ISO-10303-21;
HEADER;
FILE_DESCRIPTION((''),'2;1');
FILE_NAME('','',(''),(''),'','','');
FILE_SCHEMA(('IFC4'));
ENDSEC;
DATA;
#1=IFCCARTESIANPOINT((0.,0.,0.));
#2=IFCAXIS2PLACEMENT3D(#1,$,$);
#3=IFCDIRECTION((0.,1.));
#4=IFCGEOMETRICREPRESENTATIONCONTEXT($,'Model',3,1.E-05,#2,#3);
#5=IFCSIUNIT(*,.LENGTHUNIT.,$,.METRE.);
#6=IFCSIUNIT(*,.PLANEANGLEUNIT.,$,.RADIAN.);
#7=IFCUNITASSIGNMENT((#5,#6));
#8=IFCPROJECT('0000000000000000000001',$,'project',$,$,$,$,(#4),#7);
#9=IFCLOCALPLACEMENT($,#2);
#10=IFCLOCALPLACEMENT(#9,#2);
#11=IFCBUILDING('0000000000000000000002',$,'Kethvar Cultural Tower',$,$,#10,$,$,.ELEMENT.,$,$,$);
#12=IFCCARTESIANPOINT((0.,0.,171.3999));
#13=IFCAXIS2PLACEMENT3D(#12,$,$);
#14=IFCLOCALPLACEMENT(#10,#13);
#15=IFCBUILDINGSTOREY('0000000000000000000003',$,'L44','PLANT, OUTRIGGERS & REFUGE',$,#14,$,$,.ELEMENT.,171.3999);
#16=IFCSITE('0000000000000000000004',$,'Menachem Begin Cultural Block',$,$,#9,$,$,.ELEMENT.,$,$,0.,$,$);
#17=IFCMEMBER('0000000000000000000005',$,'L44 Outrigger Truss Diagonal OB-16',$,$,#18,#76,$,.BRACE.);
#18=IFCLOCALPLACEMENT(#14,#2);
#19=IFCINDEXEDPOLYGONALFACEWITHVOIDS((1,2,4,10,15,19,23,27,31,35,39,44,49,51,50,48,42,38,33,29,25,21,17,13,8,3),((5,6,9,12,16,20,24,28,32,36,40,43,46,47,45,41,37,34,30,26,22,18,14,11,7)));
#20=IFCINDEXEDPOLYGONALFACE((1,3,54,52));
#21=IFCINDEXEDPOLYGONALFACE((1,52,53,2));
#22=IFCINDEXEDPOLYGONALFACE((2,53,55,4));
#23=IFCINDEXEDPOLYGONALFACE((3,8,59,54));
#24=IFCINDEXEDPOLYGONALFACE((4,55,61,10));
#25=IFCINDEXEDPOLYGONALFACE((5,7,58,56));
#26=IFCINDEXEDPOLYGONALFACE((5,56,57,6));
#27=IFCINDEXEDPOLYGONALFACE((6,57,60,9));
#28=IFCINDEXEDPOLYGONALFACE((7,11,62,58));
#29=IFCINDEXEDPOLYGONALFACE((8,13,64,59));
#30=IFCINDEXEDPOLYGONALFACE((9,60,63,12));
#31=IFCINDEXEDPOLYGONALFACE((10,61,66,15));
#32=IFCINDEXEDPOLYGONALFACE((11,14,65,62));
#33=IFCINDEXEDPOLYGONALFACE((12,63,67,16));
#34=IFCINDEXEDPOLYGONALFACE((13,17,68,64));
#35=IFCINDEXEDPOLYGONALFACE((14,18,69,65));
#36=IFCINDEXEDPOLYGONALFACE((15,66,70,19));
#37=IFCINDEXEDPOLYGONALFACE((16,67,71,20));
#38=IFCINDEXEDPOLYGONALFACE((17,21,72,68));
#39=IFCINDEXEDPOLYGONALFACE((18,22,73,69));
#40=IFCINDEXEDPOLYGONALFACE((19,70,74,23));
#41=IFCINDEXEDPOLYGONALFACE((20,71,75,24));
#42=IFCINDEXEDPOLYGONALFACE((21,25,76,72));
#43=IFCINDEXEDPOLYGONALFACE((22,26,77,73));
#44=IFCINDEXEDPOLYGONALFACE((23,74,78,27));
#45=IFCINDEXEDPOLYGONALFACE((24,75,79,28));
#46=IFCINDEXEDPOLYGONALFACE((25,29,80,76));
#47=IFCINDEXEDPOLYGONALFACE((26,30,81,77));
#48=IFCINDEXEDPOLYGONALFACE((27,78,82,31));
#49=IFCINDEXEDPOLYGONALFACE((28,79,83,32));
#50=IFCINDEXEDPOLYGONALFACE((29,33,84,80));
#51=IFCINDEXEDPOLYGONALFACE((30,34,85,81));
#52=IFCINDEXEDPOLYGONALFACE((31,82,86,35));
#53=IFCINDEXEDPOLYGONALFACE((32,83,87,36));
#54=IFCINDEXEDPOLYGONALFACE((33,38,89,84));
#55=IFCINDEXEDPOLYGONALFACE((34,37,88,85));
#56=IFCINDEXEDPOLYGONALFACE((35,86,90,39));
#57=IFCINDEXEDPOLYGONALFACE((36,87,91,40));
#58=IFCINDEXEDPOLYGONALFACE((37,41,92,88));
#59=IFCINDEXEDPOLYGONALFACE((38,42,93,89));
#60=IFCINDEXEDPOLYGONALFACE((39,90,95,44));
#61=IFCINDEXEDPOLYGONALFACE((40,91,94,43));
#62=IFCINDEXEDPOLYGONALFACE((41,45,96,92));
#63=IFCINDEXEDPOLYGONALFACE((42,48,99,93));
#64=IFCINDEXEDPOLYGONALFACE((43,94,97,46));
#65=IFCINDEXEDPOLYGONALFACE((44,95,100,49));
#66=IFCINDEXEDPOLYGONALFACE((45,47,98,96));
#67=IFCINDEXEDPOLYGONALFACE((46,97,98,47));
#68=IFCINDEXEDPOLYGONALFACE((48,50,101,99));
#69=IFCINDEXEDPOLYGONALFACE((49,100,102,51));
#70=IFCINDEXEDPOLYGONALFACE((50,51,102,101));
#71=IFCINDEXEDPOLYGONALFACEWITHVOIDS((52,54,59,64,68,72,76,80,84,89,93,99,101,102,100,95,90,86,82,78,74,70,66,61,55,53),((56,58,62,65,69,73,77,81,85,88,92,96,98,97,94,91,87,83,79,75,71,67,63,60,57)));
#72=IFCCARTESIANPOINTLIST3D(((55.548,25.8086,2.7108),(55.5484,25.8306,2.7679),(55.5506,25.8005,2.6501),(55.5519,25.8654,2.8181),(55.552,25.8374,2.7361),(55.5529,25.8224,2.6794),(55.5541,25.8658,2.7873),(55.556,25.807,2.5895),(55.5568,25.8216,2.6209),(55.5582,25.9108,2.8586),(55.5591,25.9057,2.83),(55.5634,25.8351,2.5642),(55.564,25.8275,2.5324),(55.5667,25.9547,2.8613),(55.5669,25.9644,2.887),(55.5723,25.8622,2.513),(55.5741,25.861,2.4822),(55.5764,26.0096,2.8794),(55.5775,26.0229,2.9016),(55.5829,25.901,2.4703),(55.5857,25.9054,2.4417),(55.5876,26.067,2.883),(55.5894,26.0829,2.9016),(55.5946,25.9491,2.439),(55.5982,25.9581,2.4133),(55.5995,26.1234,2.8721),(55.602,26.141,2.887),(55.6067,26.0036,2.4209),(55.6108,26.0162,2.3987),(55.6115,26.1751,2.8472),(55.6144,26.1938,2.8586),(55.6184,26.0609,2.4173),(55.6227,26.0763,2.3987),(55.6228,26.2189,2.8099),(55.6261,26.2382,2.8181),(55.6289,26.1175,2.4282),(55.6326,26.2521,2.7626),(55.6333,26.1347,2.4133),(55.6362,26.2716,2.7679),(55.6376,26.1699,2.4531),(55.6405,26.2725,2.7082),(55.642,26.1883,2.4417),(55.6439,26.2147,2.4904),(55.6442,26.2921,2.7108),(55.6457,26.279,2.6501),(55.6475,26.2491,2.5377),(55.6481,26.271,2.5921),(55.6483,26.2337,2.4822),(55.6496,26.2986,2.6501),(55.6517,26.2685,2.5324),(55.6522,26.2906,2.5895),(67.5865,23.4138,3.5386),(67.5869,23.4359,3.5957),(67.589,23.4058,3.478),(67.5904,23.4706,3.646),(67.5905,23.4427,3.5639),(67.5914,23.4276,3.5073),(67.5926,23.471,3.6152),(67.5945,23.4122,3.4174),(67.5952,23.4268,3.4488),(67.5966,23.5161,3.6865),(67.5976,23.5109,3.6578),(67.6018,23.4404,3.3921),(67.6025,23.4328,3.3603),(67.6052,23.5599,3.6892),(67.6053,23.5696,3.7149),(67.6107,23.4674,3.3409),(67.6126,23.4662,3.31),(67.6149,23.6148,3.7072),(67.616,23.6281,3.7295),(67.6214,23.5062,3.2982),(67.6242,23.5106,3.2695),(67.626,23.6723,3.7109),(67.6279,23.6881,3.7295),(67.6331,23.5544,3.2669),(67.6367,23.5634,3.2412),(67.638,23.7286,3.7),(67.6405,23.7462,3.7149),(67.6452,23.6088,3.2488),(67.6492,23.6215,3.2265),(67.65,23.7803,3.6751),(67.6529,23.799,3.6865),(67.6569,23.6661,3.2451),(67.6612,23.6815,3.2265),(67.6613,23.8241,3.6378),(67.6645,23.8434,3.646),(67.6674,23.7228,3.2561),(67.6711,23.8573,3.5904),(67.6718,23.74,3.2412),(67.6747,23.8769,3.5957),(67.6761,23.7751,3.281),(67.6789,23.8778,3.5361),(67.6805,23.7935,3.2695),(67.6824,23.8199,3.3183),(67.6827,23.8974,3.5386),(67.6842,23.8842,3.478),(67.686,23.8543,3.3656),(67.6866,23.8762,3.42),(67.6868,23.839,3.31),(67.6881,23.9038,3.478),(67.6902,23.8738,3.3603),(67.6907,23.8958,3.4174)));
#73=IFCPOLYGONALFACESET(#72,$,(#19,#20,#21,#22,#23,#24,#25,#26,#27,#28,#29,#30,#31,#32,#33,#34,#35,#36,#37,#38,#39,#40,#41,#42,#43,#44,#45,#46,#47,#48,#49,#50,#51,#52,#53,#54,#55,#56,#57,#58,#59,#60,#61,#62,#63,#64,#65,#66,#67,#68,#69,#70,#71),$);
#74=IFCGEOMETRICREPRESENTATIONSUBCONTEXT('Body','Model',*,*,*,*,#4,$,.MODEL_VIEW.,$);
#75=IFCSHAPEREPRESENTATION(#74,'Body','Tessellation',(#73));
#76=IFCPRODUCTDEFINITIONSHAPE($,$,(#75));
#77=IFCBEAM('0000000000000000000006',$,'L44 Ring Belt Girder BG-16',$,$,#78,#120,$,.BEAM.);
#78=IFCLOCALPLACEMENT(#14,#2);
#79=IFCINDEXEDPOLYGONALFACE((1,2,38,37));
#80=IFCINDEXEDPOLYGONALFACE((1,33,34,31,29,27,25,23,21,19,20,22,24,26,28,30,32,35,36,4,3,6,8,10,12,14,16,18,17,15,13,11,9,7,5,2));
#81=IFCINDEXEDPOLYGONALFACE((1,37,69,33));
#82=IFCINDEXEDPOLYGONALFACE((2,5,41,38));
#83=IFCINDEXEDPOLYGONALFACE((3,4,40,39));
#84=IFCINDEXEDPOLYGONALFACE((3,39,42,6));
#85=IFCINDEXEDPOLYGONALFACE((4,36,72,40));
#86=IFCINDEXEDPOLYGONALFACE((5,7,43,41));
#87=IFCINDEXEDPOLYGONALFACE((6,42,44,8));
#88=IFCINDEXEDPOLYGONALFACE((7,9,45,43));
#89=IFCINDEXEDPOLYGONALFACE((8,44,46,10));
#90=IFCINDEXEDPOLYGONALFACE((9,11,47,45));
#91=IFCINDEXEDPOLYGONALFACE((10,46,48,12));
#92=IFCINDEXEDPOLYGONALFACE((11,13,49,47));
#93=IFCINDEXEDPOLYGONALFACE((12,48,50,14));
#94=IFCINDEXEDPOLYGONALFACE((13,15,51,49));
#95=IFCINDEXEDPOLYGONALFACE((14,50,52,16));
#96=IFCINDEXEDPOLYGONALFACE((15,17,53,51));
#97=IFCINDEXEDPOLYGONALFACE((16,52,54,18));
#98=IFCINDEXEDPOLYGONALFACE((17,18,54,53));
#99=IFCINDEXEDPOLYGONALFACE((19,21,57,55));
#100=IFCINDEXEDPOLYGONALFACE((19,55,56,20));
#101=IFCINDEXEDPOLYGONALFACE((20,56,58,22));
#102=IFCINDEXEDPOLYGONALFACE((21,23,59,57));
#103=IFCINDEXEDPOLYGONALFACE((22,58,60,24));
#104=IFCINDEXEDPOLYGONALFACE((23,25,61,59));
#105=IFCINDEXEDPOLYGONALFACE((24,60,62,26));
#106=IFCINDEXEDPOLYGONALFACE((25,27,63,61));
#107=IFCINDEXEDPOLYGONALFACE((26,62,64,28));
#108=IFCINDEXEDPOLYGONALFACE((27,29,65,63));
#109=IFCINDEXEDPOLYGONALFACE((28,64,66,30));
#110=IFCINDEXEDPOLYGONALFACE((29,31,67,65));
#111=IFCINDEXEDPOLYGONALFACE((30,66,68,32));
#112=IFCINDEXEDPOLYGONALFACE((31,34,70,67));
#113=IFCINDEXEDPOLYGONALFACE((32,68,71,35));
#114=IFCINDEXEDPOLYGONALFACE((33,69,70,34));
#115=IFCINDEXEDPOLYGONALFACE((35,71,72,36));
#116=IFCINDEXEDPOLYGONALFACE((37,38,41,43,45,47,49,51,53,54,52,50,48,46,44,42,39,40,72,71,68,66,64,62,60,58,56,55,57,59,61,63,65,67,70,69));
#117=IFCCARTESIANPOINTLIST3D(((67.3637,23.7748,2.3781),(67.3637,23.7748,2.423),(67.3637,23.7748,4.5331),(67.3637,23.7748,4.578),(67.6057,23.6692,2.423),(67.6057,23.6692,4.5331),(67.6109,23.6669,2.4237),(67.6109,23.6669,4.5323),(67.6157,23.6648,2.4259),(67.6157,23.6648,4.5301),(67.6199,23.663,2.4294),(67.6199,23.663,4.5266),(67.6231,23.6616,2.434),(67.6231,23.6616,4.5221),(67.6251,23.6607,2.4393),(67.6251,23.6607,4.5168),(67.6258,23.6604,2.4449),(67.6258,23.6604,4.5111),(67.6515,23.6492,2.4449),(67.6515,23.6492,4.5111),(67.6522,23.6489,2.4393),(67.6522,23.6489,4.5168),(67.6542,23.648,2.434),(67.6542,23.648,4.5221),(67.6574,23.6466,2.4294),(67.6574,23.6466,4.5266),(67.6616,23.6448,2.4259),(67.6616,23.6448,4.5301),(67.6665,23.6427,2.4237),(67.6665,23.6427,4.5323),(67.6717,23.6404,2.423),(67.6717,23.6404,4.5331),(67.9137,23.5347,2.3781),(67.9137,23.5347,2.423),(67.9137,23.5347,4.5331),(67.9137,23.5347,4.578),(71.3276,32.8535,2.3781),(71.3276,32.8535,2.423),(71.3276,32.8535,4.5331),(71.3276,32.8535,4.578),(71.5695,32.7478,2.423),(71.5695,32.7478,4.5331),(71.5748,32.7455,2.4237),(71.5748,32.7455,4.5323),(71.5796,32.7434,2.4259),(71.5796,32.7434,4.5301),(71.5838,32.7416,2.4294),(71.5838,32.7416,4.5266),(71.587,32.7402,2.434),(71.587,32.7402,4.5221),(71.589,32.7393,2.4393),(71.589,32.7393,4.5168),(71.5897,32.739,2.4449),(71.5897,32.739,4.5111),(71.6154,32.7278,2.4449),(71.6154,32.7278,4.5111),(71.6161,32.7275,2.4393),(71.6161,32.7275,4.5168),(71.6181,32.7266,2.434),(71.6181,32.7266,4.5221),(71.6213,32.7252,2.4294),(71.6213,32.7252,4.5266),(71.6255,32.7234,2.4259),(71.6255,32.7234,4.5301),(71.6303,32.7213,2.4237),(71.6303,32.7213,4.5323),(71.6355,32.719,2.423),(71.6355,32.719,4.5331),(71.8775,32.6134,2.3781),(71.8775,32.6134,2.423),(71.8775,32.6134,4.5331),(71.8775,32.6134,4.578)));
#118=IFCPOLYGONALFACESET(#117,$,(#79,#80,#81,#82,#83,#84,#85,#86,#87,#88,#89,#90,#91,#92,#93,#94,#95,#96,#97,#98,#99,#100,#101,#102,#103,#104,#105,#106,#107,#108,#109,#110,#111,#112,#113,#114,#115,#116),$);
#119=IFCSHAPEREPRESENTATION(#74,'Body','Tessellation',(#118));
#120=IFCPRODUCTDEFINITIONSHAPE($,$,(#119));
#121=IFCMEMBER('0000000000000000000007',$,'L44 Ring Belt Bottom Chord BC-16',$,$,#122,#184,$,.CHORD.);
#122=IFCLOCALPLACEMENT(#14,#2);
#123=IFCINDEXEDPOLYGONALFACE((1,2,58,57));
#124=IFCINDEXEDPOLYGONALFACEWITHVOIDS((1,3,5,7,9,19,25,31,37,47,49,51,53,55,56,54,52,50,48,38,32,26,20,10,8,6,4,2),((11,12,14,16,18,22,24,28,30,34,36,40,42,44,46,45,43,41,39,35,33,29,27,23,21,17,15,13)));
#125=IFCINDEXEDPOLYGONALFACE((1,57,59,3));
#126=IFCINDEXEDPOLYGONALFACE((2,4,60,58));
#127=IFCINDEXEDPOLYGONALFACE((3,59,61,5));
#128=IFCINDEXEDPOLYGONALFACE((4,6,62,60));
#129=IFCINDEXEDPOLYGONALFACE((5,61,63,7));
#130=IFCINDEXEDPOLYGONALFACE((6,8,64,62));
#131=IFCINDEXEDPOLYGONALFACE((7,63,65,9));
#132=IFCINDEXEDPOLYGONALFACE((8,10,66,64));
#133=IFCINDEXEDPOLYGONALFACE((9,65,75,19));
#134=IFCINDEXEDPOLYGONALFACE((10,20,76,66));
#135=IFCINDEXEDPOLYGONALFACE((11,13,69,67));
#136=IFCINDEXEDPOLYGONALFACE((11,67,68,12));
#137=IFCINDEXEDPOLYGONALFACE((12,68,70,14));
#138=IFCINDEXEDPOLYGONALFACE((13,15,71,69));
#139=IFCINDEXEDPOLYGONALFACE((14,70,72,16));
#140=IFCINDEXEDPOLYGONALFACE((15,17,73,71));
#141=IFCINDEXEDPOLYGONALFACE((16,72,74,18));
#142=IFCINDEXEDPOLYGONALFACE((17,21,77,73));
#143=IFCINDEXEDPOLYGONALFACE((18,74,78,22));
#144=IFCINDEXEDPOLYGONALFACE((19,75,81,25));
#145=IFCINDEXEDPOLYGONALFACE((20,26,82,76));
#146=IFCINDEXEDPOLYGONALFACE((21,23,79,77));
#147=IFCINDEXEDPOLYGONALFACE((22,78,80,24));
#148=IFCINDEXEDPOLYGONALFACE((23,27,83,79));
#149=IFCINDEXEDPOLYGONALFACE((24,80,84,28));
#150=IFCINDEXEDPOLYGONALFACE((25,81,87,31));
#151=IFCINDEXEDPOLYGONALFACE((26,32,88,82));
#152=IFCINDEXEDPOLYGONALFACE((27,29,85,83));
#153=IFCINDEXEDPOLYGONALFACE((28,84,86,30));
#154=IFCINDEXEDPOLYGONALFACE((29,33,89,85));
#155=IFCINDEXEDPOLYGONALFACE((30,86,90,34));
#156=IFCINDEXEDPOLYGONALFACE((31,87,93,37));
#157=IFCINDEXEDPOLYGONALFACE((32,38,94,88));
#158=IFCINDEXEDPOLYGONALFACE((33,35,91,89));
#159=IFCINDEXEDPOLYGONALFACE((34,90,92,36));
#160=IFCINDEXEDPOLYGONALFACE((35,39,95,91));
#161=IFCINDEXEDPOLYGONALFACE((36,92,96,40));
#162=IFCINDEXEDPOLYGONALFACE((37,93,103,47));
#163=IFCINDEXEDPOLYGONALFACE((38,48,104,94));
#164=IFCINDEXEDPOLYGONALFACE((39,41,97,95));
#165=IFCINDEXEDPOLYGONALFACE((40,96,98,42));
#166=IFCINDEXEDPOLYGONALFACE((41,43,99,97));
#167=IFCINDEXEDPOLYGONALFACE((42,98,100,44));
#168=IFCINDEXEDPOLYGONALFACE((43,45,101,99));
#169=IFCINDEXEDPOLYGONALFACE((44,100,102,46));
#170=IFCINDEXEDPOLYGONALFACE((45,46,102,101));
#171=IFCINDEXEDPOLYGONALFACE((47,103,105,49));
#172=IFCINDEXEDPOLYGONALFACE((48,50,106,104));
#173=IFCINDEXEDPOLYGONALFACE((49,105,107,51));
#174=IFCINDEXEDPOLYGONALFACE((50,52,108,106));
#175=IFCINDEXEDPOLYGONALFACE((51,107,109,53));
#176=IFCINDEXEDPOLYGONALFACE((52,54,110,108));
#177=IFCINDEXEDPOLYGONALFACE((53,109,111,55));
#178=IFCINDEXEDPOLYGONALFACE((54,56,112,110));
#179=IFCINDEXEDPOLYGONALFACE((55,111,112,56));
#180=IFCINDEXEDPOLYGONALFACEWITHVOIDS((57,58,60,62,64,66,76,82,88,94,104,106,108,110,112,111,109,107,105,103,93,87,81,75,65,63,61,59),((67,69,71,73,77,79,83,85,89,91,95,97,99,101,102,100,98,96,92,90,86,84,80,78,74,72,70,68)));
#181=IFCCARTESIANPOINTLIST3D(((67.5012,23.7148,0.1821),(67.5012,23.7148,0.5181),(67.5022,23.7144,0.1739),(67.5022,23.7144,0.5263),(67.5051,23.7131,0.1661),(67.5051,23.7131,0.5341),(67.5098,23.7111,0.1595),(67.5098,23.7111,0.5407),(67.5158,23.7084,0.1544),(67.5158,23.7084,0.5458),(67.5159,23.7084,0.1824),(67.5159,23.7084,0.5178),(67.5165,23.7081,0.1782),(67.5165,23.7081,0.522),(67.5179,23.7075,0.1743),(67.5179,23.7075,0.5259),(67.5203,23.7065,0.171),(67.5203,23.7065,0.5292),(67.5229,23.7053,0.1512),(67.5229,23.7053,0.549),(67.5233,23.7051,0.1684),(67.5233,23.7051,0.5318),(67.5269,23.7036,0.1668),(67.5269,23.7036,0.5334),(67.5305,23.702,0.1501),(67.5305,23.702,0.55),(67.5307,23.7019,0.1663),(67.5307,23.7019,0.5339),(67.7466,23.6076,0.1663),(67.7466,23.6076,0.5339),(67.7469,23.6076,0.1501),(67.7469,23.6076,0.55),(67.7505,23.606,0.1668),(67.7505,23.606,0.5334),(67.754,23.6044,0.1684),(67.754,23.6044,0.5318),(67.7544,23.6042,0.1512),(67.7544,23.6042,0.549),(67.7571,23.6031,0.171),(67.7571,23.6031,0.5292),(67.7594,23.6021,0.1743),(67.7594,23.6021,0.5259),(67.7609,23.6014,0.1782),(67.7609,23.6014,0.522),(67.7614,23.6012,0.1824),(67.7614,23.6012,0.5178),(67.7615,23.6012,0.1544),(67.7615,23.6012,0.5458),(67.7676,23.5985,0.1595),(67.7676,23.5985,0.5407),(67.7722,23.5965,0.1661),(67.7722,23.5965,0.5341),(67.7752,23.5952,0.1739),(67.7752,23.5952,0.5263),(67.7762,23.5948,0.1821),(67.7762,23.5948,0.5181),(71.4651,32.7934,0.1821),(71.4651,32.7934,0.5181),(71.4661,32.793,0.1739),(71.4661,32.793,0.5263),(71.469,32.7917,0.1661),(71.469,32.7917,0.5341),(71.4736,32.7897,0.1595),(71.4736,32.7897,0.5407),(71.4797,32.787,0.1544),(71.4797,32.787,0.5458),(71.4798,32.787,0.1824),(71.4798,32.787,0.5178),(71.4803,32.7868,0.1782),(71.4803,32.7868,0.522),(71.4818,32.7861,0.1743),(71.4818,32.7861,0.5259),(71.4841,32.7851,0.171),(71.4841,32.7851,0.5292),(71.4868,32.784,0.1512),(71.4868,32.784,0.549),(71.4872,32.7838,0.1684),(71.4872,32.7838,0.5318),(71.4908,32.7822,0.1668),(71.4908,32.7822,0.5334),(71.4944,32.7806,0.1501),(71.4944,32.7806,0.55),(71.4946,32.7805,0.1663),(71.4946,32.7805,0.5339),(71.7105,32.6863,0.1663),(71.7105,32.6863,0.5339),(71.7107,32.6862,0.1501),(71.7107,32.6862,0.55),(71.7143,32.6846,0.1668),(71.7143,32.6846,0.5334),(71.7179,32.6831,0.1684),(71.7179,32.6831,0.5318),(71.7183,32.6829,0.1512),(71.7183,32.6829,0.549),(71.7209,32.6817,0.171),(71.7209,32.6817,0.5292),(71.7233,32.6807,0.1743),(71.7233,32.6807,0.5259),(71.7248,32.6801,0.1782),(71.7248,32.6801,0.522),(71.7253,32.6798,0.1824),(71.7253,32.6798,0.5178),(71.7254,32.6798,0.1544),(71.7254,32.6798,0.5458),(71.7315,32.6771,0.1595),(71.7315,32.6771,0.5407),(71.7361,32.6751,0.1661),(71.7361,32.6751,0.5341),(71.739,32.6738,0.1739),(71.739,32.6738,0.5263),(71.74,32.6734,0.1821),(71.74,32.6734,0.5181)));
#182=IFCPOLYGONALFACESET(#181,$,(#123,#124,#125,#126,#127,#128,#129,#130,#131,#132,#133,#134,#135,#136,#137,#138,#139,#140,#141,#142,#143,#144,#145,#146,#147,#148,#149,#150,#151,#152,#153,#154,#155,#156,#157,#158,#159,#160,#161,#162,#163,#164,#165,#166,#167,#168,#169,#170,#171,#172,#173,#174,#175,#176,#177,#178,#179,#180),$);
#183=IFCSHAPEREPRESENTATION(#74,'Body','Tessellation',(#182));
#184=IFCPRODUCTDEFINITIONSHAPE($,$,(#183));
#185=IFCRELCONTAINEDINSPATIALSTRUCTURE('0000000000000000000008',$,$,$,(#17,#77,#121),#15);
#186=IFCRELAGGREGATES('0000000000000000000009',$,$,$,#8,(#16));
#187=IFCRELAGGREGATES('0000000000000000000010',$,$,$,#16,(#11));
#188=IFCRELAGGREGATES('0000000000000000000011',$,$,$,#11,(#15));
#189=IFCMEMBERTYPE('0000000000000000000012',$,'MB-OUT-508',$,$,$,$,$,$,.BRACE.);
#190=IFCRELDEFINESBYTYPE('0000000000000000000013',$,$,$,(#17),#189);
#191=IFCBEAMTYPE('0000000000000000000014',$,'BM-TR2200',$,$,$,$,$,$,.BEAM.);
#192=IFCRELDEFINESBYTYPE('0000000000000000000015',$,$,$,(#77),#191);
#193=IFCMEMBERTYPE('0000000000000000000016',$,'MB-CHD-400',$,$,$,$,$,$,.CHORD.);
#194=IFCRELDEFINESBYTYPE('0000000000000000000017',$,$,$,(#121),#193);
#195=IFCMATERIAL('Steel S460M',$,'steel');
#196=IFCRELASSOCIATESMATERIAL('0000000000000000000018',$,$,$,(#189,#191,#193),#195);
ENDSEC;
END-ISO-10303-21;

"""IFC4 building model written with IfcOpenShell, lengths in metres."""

from ifc_helpers import new_model, si_unit, direction, frame, origin, origin_2d, place, context, subcontext, project, spatial, hollow_rectangle, hollow_circle, i_section, extrude, source, transform, mapped, material, material_profile, profile_set, type_object, element, save


model = new_model("IFC4")

# Units and contexts
model_context = context("Model", 3, precision=1e-05, world=origin(), true_north=direction((0.0, 1.0)))
body_context = subcontext(model_context, "Body", "Model", "MODEL_VIEW")
ifc_project = project(units=[si_unit("LENGTHUNIT", "METRE"), si_unit("PLANEANGLEUNIT", "RADIAN")], contexts=[model_context])

# Site, building, storey
site_placement = place(None, origin())
site = spatial("IfcSite", under=ifc_project, at=site_placement, Name="Menachem Begin Cultural Block", CompositionType="ELEMENT", RefElevation=0.0)
building_placement = place(site_placement, origin())
building = spatial("IfcBuilding", under=site, at=building_placement, Name="Kethvar Cultural Tower", CompositionType="ELEMENT")
storey_placement = place(building_placement, frame((0.0, 0.0, 171.3999)))
storey = spatial("IfcBuildingStorey", under=building, at=storey_placement, Name="L44", Description="PLANT, OUTRIGGERS & REFUGE", CompositionType="ELEMENT", Elevation=171.3999)

# Shared definitions
ifc_material_1 = material(Name="Steel S460M", Category="steel")

# Shared definitions
ifc_material_profile_1 = material_profile(ifc_material_1, hollow_circle(Radius=0.2539, WallThickness=0.02, at=origin_2d()), Name="Steel S460M — CHS508x20")
ifc_profile_set_1 = profile_set([ifc_material_profile_1], Name="Steel S460M — CHS508x20")
member_type_1 = type_object("IfcMemberType", Name="MB-OUT-508", PredefinedType="BRACE", material=ifc_profile_set_1)

# Shared definitions
ifc_material_profile_2 = material_profile(ifc_material_1, i_section(OverallWidth=0.6001, OverallDepth=2.2, WebThickness=0.0281, FlangeThickness=0.0449, FilletRadius=0.022, at=origin_2d()), Name="Steel S460M — PG2200x600x45x28")
ifc_profile_set_2 = profile_set([ifc_material_profile_2], Name="Steel S460M — PG2200x600x45x28")
beam_type = type_object("IfcBeamType", Name="BM-TR2200", PredefinedType="BEAM", material=ifc_profile_set_2)

# Member
shared_shape_1 = source(origin(), body_context, "Body", "SweptSolid", [
    extrude(hollow_circle(Radius=0.2539, WallThickness=0.02, at=origin_2d()), origin(), (0.0, 0.0, 1.0), 12.3022),
])
member_1_placement = place(storey_placement, frame((55.6001, 26.0496, 2.6501), z_axis=(0.97856, -0.19466, 0.067295), x_axis=(0.195102, 0.980783, 0.0)))
element("IfcMember", 1, at=member_1_placement, inside=storey, type_object=member_type_1, Name="L44 Outrigger Truss Diagonal OB-16", PredefinedType="BRACE", context=body_context, shape_type="MappedRepresentation", body=[
    mapped(shared_shape_1, transform((0.0, 0.0, 0.0), scale=1.0)),
])

# Beam
shared_shape_2 = source(origin(), body_context, "Body", "SweptSolid", [
    extrude(i_section(OverallWidth=0.6001, OverallDepth=2.2, WebThickness=0.0281, FlangeThickness=0.0449, FilletRadius=0.022, at=origin_2d()), origin(), (0.0, 0.0, 1.0), 9.9062),
])
beam_1_placement = place(storey_placement, frame((67.6387, 23.6548, 3.478), z_axis=(0.400139, 0.916455, 0.0), x_axis=(-0.916455, 0.400139, 0.0)))
element("IfcBeam", 2, at=beam_1_placement, inside=storey, type_object=beam_type, Name="L44 Ring Belt Girder BG-16", PredefinedType="BEAM", context=body_context, shape_type="MappedRepresentation", body=[
    mapped(shared_shape_2, transform((0.0, 0.0, 0.0), scale=1.0)),
])

# Member
ifc_material_profile_3 = material_profile(ifc_material_1, hollow_rectangle(XDim=0.3, YDim=0.3999, WallThickness=0.0161, InnerFilletRadius=0.0161, OuterFilletRadius=0.032, at=origin_2d()), Name="Steel S460M — RHS400x300x16")
ifc_profile_set_3 = profile_set([ifc_material_profile_3], Name="Steel S460M — RHS400x300x16")
member_type_2 = type_object("IfcMemberType", Name="MB-CHD-400", PredefinedType="CHORD", material=ifc_profile_set_3)
shared_shape_3 = source(origin(), body_context, "Body", "SweptSolid", [
    extrude(hollow_rectangle(XDim=0.3, YDim=0.3999, WallThickness=0.0161, InnerFilletRadius=0.0161, OuterFilletRadius=0.032, at=origin_2d()), origin(), (0.0, 0.0, 1.0), 9.9062),
])
member_2_placement = place(storey_placement, frame((67.6387, 23.6548, 0.3501), z_axis=(0.400139, 0.916455, 0.0), x_axis=(-0.916455, 0.400139, 0.0)))
element("IfcMember", 3, at=member_2_placement, inside=storey, type_object=member_type_2, Name="L44 Ring Belt Bottom Chord BC-16", PredefinedType="CHORD", context=body_context, shape_type="MappedRepresentation", body=[
    mapped(shared_shape_3, transform((0.0, 0.0, 0.0), scale=1.0)),
])

save(model, "model.ifc")
